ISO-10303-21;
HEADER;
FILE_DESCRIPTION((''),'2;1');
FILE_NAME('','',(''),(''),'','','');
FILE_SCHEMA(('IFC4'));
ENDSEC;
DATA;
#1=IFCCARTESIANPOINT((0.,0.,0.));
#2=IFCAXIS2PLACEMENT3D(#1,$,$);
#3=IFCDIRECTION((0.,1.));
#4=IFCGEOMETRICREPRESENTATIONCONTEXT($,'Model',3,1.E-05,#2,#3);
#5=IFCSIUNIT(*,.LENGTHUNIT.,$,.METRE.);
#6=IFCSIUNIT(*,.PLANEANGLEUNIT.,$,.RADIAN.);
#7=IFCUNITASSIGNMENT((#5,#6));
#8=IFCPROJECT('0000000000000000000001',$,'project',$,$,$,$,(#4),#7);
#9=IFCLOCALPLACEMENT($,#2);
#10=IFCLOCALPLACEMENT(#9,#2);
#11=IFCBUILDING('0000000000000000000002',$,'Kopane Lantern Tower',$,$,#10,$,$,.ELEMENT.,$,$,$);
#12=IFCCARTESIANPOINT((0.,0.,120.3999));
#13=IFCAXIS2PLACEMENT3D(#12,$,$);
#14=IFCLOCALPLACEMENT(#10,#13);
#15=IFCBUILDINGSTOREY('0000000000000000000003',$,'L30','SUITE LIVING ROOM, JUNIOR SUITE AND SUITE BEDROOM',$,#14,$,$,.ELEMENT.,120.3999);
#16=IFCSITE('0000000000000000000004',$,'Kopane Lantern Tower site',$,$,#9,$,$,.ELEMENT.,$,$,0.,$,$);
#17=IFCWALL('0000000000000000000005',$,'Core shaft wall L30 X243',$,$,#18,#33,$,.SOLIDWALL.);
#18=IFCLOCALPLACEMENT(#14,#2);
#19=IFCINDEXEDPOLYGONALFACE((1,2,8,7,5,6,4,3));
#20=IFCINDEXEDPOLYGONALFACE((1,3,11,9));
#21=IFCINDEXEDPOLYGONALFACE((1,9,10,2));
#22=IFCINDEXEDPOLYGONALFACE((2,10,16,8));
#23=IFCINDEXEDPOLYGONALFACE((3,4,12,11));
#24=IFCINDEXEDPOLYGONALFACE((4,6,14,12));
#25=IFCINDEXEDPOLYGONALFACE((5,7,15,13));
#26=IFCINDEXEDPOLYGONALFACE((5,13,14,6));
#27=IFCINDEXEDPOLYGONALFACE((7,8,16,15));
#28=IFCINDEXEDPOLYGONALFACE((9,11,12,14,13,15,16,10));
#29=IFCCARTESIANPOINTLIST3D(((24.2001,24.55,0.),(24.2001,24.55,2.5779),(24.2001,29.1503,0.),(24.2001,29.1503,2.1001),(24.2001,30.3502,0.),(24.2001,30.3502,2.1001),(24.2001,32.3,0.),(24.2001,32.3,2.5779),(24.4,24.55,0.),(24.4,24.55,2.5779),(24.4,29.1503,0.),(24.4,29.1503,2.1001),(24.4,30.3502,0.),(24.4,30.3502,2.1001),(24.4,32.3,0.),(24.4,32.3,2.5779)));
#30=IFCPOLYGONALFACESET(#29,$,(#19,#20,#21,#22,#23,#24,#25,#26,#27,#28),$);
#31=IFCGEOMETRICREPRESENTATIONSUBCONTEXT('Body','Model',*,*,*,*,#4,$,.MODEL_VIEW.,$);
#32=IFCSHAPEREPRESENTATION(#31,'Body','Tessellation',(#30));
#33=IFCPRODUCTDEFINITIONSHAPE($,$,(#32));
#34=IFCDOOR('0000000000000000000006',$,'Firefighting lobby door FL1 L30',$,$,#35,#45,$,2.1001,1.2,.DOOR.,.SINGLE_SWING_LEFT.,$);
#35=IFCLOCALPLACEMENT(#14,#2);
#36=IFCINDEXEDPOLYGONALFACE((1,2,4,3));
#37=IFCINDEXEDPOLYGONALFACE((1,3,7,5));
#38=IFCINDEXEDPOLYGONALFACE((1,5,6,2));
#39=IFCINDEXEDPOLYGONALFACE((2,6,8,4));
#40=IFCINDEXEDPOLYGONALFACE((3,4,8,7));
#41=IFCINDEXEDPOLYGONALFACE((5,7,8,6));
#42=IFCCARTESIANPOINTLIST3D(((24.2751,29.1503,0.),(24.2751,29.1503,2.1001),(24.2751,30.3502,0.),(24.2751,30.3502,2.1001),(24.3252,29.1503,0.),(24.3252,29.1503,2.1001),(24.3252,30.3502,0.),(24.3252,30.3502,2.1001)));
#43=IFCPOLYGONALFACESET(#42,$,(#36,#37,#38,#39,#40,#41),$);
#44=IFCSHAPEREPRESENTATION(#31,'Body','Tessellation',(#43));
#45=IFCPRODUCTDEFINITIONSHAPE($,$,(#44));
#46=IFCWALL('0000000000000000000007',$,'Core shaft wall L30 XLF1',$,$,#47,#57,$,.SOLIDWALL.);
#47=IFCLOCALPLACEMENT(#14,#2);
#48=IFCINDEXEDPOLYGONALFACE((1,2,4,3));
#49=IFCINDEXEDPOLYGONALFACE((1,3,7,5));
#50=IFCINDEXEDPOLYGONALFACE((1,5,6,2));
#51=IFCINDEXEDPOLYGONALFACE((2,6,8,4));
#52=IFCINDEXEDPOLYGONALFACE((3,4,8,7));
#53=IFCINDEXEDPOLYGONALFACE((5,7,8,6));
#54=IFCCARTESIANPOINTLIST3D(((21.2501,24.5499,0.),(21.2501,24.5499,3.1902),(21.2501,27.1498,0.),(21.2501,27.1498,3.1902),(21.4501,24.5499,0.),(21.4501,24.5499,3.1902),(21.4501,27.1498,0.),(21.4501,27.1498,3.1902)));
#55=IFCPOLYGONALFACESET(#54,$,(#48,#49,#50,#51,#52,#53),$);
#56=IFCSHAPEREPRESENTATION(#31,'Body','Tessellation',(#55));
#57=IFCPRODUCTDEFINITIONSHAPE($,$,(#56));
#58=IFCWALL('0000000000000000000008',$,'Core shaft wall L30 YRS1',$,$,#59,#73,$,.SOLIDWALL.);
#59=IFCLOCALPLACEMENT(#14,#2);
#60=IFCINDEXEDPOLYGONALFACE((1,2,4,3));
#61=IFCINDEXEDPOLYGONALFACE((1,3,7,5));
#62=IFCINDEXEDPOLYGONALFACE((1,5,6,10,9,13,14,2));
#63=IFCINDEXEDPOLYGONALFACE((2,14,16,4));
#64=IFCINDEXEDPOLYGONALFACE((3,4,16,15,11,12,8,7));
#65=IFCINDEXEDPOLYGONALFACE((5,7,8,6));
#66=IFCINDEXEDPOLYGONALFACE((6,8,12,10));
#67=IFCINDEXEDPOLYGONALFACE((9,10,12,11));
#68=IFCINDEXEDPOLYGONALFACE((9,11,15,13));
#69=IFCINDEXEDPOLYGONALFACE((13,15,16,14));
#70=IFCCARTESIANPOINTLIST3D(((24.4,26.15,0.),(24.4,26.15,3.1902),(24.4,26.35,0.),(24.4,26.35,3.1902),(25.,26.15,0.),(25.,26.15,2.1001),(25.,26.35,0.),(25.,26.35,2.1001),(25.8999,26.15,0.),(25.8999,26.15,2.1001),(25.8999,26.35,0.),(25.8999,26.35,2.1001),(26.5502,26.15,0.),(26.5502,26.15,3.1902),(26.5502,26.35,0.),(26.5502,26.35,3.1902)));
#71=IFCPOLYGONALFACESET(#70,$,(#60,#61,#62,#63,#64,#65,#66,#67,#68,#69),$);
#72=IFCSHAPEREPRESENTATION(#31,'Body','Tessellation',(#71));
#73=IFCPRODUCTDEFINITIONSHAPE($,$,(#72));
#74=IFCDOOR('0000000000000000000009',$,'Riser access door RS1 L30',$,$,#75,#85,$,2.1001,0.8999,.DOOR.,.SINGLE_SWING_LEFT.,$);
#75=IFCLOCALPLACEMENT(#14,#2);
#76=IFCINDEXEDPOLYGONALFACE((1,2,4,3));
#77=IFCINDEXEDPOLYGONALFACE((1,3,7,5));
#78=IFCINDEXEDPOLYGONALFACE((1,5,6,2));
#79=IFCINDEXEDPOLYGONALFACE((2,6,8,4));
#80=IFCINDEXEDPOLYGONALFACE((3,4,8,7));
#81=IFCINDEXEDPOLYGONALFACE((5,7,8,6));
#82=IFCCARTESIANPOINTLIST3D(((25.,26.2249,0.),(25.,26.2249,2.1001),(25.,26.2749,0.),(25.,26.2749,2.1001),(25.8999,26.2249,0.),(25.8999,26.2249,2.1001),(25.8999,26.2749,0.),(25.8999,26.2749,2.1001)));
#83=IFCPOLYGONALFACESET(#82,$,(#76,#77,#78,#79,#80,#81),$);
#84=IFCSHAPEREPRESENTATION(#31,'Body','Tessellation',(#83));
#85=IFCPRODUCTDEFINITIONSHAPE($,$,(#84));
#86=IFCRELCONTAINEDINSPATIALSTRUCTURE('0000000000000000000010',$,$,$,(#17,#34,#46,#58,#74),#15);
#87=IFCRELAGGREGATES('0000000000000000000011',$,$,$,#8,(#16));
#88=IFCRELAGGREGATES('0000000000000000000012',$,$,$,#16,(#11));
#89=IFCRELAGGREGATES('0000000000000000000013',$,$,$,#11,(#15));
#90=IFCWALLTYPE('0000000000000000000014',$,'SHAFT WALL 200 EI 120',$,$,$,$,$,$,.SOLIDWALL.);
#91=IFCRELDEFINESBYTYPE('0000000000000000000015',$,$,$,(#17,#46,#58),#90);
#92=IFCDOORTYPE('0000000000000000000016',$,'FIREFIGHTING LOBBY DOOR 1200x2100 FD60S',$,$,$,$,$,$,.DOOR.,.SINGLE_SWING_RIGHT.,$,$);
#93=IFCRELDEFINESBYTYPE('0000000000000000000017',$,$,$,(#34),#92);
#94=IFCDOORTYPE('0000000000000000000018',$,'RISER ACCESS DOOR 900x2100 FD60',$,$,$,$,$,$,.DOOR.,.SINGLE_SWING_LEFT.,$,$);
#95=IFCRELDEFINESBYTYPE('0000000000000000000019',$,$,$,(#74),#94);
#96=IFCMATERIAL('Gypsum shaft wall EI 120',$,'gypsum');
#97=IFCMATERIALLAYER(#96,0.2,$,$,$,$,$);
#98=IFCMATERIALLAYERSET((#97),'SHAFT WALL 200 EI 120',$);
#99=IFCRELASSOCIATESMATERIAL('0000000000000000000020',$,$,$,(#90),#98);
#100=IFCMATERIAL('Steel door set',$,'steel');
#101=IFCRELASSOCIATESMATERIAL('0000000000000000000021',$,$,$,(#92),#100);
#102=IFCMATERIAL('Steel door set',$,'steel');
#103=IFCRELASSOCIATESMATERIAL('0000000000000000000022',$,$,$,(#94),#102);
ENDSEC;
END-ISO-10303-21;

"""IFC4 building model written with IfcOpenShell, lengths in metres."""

from ifc_helpers import new_model, si_unit, direction, frame, frame_2d, origin, place, context, subcontext, project, spatial, rectangle, extrude, material, layer, layer_set, type_object, element, fill, save


model = new_model("IFC4")

# Units and contexts
model_context = context("Model", 3, precision=1e-05, world=origin(), true_north=direction((0.0, 1.0)))
body_context = subcontext(model_context, "Body", "Model", "MODEL_VIEW")
ifc_project = project(units=[si_unit("LENGTHUNIT", "METRE"), si_unit("PLANEANGLEUNIT", "RADIAN")], contexts=[model_context])

# Site, building, storey
site_placement = place(None, origin())
site = spatial("IfcSite", under=ifc_project, at=site_placement, Name="Kopane Lantern Tower site", CompositionType="ELEMENT", RefElevation=0.0)
building_placement = place(site_placement, origin())
building = spatial("IfcBuilding", under=site, at=building_placement, Name="Kopane Lantern Tower", CompositionType="ELEMENT")
storey_placement = place(building_placement, frame((0.0, 0.0, 120.3999)))
storey = spatial("IfcBuildingStorey", under=building, at=storey_placement, Name="L30", Description="SUITE LIVING ROOM, JUNIOR SUITE AND SUITE BEDROOM", CompositionType="ELEMENT", Elevation=120.3999)

# Wall, opening, door
ifc_material_1 = material(Name="Gypsum shaft wall EI 120", Category="gypsum")
ifc_layer_1 = layer(ifc_material_1, 0.2)
ifc_layer_set_1 = layer_set([ifc_layer_1], Name="SHAFT WALL 200 EI 120")
wall_type_1 = type_object("IfcWallType", Name="SHAFT WALL 200 EI 120", PredefinedType="SOLIDWALL", material=ifc_layer_set_1)
wall_1_placement = place(storey_placement, frame((24.3, 24.55, 0.0), z_axis=(0.0, 0.0, 1.0), x_axis=(0.0, 1.0, 0.0)))
wall_1 = element("IfcWall", 1, at=wall_1_placement, inside=storey, type_object=wall_type_1, Name="Core shaft wall L30 X243", PredefinedType="SOLIDWALL", context=body_context, shape_type="SweptSolid", body=[
    extrude(rectangle(XDim=7.75, YDim=0.2, at=frame_2d((3.875, 0.0))), origin(), (0.0, 0.0, 1.0), 2.5779),
])
opening_1_placement = place(wall_1_placement, frame((4.6001, 0.0, 0.0)))
opening_1 = element("IfcOpeningElement", 2, at=opening_1_placement, cuts=wall_1, PredefinedType="OPENING", context=body_context, shape_type="SweptSolid", body=[
    extrude(rectangle(XDim=1.2, YDim=2.1001, at=frame_2d((0.6001, 1.05))), frame((0.0, 0.1099, 0.0), z_axis=(0.0, -1.0, 0.0), x_axis=(1.0, 0.0, 0.0)), (0.0, 0.0, 1.0), 0.22),
])
ifc_material_2 = material(Name="Steel door set", Category="steel")
door_type_1 = type_object("IfcDoorType", Name="FIREFIGHTING LOBBY DOOR 1200x2100 FD60S", OperationType="SINGLE_SWING_RIGHT", PredefinedType="DOOR", material=ifc_material_2)
door_1_placement = place(opening_1_placement, origin())
door_1 = element("IfcDoor", 3, at=door_1_placement, inside=storey, type_object=door_type_1, Name="Firefighting lobby door FL1 L30", OperationType="SINGLE_SWING_LEFT", OverallHeight=2.1001, OverallWidth=1.2, PredefinedType="DOOR", context=body_context, shape_type="SweptSolid", body=[
    extrude(rectangle(XDim=1.2, YDim=2.1001, at=frame_2d((0.6001, 1.05))), frame((0.0, 0.0249, 0.0), z_axis=(0.0, -1.0, 0.0), x_axis=(1.0, 0.0, 0.0)), (0.0, 0.0, 1.0), 0.05),
])
fill(opening_1, door_1)

# Wall
wall_2_placement = place(storey_placement, frame((21.3501, 24.55, 0.0), z_axis=(0.0, 0.0, 1.0), x_axis=(0.0, 1.0, 0.0)))
element("IfcWall", 4, at=wall_2_placement, inside=storey, type_object=wall_type_1, Name="Core shaft wall L30 XLF1", PredefinedType="SOLIDWALL", context=body_context, shape_type="SweptSolid", body=[
    extrude(rectangle(XDim=2.5999, YDim=0.2, at=frame_2d((1.2998, 0.0))), origin(), (0.0, 0.0, 1.0), 3.1902),
])

# Wall, opening, door
wall_3_placement = place(storey_placement, frame((24.3999, 26.25, 0.0), z_axis=(0.0, 0.0, 1.0), x_axis=(1.0, 0.0, 0.0)))
wall_3 = element("IfcWall", 5, at=wall_3_placement, inside=storey, type_object=wall_type_1, Name="Core shaft wall L30 YRS1", PredefinedType="SOLIDWALL", context=body_context, shape_type="SweptSolid", body=[
    extrude(rectangle(XDim=2.1501, YDim=0.2, at=frame_2d((1.0752, 0.0))), origin(), (0.0, 0.0, 1.0), 3.1902),
])
opening_2_placement = place(wall_3_placement, frame((0.6001, 0.0, 0.0)))
opening_2 = element("IfcOpeningElement", 6, at=opening_2_placement, cuts=wall_3, PredefinedType="OPENING", context=body_context, shape_type="SweptSolid", body=[
    extrude(rectangle(XDim=0.8999, YDim=2.1001, at=frame_2d((0.45, 1.05))), frame((0.0, 0.1099, 0.0), z_axis=(0.0, -1.0, 0.0), x_axis=(1.0, 0.0, 0.0)), (0.0, 0.0, 1.0), 0.22),
])
ifc_material_3 = material(Name="Steel door set", Category="steel")
door_type_2 = type_object("IfcDoorType", Name="RISER ACCESS DOOR 900x2100 FD60", OperationType="SINGLE_SWING_LEFT", PredefinedType="DOOR", material=ifc_material_3)
door_2_placement = place(opening_2_placement, origin())
door_2 = element("IfcDoor", 7, at=door_2_placement, inside=storey, type_object=door_type_2, Name="Riser access door RS1 L30", OperationType="SINGLE_SWING_LEFT", OverallHeight=2.1001, OverallWidth=0.8999, PredefinedType="DOOR", context=body_context, shape_type="SweptSolid", body=[
    extrude(rectangle(XDim=0.8999, YDim=2.1001, at=frame_2d((0.45, 1.05))), frame((0.0, 0.0249, 0.0), z_axis=(0.0, -1.0, 0.0), x_axis=(1.0, 0.0, 0.0)), (0.0, 0.0, 1.0), 0.05),
])
fill(opening_2, door_2)

save(model, "model.ifc")
